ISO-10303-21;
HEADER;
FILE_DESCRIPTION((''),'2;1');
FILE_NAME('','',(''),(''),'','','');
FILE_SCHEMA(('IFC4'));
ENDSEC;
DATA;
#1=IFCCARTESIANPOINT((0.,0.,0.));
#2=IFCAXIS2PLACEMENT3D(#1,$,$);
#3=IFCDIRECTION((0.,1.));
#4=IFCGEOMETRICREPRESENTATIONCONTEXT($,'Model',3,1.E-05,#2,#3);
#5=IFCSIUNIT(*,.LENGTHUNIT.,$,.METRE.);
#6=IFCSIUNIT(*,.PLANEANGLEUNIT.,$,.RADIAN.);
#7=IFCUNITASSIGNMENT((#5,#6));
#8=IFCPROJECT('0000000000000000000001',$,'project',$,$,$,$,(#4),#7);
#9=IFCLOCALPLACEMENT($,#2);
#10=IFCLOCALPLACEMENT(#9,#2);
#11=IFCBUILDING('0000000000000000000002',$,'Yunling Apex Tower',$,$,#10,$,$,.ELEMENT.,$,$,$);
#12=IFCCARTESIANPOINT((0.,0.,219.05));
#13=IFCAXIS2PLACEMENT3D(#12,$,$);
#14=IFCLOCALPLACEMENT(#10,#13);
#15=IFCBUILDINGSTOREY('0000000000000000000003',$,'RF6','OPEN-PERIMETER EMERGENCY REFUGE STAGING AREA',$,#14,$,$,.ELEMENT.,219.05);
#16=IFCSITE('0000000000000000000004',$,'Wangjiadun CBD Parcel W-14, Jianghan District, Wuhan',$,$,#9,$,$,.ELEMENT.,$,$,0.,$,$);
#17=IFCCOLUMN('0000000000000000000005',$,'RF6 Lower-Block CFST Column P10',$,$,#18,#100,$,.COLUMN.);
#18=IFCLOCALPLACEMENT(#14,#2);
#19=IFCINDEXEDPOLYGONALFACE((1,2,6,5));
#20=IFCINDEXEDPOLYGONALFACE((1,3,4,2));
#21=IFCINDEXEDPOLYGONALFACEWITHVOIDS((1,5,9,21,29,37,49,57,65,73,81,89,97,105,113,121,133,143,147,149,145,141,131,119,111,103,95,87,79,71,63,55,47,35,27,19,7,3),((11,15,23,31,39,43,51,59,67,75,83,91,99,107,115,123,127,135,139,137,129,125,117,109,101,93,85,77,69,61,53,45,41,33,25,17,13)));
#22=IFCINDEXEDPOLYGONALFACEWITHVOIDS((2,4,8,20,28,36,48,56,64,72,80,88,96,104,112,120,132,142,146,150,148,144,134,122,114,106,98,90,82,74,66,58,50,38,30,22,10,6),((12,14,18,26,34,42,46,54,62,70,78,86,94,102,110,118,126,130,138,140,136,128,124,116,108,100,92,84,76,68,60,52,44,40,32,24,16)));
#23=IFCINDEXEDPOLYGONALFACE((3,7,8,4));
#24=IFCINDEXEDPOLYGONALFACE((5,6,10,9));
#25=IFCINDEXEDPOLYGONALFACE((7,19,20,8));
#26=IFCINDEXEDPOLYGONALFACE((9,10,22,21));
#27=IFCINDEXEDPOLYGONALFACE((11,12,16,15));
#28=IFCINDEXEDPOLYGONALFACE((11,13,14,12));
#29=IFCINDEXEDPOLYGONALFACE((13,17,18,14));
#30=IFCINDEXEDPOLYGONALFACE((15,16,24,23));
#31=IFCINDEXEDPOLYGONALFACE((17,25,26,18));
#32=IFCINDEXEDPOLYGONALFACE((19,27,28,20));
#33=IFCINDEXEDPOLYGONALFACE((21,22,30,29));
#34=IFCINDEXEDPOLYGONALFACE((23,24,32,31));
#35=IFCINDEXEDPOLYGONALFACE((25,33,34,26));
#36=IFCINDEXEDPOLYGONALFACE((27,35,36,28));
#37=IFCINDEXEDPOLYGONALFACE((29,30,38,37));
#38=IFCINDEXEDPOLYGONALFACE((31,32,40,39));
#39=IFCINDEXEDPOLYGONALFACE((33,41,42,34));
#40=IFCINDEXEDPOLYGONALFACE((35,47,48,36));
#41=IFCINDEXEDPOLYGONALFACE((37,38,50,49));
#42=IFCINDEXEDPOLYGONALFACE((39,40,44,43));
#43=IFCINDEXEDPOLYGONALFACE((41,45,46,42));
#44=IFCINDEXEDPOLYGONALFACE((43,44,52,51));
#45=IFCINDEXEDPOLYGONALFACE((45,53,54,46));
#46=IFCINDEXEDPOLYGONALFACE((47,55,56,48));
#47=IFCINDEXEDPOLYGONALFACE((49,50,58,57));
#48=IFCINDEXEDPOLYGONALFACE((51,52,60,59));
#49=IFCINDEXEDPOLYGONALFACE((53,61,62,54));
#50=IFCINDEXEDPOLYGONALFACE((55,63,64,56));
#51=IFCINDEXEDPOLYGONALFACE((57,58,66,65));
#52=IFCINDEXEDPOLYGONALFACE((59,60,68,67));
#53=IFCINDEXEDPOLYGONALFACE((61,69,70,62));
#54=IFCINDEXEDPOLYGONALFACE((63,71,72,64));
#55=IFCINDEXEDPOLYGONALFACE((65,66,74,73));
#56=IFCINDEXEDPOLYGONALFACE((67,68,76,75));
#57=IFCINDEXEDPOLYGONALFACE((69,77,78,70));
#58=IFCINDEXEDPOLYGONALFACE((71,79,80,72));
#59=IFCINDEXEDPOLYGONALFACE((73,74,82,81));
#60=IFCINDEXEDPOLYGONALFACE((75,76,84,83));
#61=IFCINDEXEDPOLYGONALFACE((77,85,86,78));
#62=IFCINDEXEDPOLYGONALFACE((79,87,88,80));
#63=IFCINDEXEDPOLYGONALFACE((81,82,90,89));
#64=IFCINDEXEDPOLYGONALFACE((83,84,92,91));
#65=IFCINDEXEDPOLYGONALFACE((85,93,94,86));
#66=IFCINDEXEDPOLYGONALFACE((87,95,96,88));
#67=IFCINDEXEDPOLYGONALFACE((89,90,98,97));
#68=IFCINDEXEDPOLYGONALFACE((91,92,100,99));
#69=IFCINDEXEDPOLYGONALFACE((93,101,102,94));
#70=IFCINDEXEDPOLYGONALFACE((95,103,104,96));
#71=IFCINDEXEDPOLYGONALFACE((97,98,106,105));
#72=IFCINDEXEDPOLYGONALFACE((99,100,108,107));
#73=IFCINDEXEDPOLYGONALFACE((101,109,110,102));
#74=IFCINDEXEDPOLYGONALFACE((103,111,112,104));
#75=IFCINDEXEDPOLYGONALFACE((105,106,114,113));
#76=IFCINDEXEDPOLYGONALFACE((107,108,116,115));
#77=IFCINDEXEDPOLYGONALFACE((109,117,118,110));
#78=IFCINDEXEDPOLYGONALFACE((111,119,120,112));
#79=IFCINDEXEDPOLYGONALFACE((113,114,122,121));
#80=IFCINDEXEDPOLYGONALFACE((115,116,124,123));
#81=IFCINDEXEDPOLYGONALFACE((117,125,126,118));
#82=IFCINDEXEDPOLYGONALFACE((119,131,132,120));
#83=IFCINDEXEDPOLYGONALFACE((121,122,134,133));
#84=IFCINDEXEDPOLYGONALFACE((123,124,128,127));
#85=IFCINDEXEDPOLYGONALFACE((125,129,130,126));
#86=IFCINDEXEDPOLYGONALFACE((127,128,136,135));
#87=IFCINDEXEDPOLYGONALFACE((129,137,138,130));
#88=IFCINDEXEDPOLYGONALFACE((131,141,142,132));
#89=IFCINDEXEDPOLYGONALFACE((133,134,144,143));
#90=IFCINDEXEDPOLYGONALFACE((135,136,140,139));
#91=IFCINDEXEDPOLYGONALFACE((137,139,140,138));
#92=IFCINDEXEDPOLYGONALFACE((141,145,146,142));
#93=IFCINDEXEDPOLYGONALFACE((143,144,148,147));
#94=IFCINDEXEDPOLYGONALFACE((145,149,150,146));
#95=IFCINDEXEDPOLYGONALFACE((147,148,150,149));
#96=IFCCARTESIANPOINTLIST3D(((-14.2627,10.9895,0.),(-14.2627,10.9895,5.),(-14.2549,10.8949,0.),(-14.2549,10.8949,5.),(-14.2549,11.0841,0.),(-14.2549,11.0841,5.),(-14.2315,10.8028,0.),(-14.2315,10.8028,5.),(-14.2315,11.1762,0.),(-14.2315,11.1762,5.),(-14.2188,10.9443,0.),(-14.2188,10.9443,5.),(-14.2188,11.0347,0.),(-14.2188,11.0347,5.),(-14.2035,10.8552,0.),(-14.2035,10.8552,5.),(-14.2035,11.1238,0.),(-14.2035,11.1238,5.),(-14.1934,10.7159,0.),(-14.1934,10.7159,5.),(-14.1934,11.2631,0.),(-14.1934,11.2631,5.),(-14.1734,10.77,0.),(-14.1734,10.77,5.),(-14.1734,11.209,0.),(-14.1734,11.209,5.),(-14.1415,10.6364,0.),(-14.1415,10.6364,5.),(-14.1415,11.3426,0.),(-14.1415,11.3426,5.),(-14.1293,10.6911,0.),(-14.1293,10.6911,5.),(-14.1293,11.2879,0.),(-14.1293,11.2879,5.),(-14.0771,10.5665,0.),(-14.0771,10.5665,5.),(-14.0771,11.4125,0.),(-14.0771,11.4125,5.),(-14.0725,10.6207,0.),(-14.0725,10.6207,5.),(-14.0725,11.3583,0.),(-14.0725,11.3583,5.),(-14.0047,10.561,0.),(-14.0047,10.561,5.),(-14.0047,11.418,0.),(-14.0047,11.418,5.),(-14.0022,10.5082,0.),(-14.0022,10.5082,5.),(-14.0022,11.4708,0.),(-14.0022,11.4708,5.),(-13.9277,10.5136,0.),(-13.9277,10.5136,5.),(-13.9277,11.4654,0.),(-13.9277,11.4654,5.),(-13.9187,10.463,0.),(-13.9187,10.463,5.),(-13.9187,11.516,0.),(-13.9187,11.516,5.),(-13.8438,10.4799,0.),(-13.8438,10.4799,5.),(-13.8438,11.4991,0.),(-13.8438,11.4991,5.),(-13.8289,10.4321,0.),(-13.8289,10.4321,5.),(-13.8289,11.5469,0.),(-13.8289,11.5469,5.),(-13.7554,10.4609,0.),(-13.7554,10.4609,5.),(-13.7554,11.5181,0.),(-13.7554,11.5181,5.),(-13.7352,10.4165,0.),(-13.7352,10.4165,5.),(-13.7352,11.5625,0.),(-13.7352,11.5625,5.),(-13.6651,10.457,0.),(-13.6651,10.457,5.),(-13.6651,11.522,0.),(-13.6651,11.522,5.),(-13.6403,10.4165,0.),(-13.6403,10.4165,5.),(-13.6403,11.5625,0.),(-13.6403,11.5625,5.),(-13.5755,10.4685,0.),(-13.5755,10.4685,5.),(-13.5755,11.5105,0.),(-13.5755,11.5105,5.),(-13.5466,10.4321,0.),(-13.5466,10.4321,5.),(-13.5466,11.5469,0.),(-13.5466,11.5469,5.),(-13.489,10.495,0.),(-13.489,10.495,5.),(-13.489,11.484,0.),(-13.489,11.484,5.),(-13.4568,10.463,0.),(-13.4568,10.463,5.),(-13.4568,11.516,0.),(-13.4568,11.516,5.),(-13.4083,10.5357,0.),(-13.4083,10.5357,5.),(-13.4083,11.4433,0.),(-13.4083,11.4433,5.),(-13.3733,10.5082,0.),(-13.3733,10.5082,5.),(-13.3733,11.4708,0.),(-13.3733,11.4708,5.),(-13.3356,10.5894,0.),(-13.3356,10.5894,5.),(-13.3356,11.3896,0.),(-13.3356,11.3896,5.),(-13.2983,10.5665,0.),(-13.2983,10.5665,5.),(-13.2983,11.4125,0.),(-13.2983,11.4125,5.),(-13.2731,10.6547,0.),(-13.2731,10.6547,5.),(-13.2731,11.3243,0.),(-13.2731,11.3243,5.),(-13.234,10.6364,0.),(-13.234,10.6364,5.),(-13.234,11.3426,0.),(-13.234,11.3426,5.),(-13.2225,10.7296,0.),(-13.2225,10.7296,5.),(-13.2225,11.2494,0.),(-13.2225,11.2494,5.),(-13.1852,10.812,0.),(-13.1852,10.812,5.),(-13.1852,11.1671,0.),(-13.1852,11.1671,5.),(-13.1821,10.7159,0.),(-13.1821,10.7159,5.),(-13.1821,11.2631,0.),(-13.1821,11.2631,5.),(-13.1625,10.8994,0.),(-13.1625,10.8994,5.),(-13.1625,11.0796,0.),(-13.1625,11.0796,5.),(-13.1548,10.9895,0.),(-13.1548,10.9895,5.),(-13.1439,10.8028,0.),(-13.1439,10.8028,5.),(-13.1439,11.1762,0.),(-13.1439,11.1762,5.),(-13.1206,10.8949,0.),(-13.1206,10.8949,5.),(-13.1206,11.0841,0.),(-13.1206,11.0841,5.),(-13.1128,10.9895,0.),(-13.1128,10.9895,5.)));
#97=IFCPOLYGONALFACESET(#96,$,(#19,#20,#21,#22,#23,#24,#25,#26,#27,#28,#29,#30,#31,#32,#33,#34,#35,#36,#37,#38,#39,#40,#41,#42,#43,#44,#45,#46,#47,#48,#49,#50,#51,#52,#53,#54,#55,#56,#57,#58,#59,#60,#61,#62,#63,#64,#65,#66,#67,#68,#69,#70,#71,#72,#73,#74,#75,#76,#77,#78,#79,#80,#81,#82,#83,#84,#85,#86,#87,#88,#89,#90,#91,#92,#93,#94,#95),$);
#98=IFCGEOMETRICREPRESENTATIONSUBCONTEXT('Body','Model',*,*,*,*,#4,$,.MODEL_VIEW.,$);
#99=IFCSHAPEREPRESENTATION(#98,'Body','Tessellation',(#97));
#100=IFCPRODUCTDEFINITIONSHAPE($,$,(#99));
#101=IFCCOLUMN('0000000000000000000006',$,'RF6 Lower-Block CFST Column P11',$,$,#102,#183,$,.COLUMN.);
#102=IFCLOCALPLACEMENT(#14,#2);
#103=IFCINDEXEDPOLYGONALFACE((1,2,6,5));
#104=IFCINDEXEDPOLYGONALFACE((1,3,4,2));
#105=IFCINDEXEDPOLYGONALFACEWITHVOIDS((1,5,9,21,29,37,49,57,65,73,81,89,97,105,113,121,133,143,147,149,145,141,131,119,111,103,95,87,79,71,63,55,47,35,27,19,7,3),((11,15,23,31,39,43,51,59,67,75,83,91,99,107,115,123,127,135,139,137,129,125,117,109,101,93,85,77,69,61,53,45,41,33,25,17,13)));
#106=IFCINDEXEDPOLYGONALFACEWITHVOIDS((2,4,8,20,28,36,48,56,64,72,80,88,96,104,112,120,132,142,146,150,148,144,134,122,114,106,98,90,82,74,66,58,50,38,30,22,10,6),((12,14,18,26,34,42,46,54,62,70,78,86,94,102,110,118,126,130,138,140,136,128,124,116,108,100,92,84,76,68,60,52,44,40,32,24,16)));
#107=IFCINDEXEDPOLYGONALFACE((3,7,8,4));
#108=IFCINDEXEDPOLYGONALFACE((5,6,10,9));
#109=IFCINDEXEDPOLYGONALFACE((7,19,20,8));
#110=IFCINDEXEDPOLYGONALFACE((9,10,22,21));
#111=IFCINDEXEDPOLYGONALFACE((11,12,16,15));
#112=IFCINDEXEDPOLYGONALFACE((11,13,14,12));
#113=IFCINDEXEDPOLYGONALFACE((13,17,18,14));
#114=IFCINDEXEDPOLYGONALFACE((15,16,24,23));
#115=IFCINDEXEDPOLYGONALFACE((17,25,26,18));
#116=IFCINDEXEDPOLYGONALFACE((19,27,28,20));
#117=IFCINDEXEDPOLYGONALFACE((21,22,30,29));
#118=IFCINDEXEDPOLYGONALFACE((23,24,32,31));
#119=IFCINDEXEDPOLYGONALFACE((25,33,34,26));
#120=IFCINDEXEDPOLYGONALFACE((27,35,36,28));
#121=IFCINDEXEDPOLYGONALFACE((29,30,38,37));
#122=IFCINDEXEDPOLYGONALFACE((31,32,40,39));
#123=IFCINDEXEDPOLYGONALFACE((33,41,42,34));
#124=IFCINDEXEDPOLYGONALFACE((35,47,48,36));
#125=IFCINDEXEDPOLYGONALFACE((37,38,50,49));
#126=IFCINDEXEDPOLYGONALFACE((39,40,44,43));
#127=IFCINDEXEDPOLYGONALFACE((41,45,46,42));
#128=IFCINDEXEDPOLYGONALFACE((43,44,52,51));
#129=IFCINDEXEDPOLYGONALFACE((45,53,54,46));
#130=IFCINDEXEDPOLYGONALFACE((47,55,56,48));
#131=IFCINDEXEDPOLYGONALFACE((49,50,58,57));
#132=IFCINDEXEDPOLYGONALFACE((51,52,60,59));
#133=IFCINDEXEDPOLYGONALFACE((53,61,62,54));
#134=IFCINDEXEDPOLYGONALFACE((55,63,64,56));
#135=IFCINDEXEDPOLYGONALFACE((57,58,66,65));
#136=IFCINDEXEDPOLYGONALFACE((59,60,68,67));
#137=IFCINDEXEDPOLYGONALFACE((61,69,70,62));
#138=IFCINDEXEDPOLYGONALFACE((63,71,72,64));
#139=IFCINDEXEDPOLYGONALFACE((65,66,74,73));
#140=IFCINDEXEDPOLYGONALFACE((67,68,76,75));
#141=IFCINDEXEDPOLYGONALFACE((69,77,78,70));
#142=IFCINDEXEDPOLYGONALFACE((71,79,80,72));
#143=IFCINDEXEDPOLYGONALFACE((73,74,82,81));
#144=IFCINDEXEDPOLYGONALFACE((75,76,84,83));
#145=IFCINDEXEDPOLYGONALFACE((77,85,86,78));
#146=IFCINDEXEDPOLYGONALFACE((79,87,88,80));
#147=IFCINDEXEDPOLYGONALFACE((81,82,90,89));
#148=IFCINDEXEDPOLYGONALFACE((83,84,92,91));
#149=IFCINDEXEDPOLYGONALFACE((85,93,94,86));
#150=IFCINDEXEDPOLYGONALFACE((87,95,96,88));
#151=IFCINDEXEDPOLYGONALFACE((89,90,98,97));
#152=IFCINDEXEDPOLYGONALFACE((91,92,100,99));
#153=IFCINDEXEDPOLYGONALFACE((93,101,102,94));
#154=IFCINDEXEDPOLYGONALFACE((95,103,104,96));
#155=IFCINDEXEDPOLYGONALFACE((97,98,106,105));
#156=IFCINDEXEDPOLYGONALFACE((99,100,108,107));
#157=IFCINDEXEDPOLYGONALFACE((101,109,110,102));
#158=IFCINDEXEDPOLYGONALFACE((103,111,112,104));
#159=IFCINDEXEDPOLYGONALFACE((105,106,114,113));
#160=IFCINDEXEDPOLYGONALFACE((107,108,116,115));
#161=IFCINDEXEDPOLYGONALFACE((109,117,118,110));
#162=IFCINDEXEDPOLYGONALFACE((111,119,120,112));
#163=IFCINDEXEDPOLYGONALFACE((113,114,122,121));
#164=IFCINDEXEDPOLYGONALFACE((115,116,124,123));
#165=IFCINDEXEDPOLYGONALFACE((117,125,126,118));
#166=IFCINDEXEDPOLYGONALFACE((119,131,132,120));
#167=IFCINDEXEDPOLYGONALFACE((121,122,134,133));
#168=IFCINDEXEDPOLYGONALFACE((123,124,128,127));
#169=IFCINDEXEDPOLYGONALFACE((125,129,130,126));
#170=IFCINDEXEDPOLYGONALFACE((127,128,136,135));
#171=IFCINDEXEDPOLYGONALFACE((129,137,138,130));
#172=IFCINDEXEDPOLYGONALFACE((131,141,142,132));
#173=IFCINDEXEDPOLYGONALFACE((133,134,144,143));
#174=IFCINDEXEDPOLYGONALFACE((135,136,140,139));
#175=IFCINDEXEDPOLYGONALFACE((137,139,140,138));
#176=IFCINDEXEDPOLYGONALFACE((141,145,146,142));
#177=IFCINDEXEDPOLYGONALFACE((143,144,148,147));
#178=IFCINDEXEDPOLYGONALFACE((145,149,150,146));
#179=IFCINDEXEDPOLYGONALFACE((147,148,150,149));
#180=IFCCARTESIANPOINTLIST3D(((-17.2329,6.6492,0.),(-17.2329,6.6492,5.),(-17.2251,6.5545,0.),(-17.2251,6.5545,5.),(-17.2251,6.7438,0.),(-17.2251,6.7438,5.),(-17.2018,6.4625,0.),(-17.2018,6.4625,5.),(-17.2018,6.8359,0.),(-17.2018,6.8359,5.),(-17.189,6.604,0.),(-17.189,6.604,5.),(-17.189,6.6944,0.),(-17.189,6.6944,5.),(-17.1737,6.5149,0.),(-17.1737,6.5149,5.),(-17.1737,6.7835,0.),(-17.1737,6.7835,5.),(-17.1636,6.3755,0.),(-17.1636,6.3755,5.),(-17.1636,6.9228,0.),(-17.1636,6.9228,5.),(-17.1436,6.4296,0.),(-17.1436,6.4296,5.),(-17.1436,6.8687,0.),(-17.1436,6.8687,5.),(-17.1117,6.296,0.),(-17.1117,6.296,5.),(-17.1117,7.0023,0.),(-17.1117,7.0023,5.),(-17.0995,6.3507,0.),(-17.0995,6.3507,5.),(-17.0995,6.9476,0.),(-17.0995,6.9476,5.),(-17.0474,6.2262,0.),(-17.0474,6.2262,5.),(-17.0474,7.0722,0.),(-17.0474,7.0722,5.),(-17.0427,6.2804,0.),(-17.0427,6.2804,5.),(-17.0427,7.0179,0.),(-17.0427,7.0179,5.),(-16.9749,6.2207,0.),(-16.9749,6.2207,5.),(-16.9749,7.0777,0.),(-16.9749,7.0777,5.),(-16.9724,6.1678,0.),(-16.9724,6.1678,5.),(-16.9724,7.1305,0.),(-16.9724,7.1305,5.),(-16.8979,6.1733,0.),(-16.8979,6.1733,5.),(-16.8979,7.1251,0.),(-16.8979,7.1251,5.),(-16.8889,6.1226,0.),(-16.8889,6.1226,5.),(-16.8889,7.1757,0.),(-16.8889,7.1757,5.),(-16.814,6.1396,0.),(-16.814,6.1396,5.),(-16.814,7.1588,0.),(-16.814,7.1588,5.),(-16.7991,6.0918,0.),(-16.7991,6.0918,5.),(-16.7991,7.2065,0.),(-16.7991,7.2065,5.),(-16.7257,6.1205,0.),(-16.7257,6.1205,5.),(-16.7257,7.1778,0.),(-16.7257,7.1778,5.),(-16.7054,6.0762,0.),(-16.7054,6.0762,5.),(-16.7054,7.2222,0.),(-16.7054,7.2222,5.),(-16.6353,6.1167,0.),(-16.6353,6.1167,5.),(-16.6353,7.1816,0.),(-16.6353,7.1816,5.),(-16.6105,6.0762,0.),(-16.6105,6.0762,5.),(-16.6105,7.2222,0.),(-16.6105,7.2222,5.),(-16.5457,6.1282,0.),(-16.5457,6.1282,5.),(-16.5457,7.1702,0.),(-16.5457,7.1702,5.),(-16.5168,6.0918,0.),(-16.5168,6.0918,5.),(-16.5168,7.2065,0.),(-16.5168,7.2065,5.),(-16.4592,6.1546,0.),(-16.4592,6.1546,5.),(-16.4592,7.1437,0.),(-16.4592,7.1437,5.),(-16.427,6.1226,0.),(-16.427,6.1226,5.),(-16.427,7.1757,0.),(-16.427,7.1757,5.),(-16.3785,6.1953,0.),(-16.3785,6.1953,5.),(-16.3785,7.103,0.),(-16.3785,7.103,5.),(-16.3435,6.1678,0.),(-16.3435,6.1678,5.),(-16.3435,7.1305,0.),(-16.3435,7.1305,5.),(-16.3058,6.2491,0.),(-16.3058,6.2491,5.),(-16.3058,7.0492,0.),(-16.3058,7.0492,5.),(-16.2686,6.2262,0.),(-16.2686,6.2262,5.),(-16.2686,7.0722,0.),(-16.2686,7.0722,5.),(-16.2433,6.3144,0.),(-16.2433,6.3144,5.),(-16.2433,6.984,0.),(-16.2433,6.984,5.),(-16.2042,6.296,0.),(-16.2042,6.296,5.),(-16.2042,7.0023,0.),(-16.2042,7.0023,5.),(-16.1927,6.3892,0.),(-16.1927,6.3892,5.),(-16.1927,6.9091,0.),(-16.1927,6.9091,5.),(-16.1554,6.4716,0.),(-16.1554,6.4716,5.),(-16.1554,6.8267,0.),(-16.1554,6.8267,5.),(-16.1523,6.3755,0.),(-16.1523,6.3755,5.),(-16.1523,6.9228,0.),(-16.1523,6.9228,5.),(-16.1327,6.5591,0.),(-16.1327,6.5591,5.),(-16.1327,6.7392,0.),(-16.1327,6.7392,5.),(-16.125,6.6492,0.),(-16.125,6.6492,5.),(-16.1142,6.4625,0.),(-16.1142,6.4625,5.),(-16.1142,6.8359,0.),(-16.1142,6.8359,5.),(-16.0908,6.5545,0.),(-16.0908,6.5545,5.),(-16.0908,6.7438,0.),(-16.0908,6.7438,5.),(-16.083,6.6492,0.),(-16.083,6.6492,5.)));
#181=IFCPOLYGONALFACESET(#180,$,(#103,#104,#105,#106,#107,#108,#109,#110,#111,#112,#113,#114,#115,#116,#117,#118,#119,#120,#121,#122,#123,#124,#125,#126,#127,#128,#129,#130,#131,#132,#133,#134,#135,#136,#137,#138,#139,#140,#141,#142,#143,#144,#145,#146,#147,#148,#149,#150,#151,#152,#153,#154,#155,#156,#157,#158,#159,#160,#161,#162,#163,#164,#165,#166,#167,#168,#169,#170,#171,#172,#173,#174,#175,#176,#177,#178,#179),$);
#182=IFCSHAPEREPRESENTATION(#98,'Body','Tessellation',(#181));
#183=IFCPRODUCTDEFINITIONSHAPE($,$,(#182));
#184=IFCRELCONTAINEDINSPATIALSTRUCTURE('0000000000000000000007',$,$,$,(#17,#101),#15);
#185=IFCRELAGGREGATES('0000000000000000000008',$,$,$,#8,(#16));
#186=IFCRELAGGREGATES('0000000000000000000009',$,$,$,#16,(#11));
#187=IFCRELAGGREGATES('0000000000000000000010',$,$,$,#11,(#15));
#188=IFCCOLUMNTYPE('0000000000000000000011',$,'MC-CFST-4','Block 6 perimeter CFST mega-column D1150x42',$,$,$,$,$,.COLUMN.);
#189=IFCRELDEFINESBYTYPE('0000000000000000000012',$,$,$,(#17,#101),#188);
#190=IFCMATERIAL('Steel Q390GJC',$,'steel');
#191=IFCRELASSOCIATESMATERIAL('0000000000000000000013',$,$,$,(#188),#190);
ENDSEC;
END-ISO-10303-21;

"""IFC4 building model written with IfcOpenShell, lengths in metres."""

from ifc_helpers import new_model, si_unit, direction, frame, origin, origin_2d, place, context, subcontext, project, spatial, hollow_circle, extrude, source, transform, mapped, material, material_profile, profile_set, type_object, element, save


model = new_model("IFC4")

# Units and contexts
model_context = context("Model", 3, precision=1e-05, world=origin(), true_north=direction((0.0, 1.0)))
body_context = subcontext(model_context, "Body", "Model", "MODEL_VIEW")
ifc_project = project(units=[si_unit("LENGTHUNIT", "METRE"), si_unit("PLANEANGLEUNIT", "RADIAN")], contexts=[model_context])

# Site, building, storey
site_placement = place(None, origin())
site = spatial("IfcSite", under=ifc_project, at=site_placement, Name="Wangjiadun CBD Parcel W-14, Jianghan District, Wuhan", CompositionType="ELEMENT", RefElevation=0.0)
building_placement = place(site_placement, origin())
building = spatial("IfcBuilding", under=site, at=building_placement, Name="Yunling Apex Tower", CompositionType="ELEMENT")
storey_placement = place(building_placement, frame((0.0, 0.0, 219.05)))
storey = spatial("IfcBuildingStorey", under=building, at=storey_placement, Name="RF6", Description="OPEN-PERIMETER EMERGENCY REFUGE STAGING AREA", CompositionType="ELEMENT", Elevation=219.05)

# Columns
ifc_material_1 = material(Name="Steel Q390GJC", Category="steel")
ifc_material_profile_1 = material_profile(ifc_material_1, hollow_circle(Radius=0.575, WallThickness=0.042, at=origin_2d()))
ifc_profile_set_1 = profile_set([ifc_material_profile_1], Name="Steel Q390GJC")
column_type = type_object("IfcColumnType", Name="MC-CFST-4", Description="Block 6 perimeter CFST mega-column D1150x42", PredefinedType="COLUMN", material=ifc_profile_set_1)
shared_shape_1 = source(origin(), body_context, "Body", "SweptSolid", [
    extrude(hollow_circle(Radius=0.575, WallThickness=0.042, at=origin_2d()), origin(), (0.0, 0.0, 1.0), 5.0),
])
for number, where, z_axis, x_axis, name in (
    (1, (-13.6877, 10.9895, 0.0), (0.0, 0.0, 1.0), (1.0, 0.0, 0.0), "RF6 Lower-Block CFST Column P10"),
    (2, (-16.658, 6.6492, 0.0), (0.0, 0.0, 1.0), (1.0, 0.0, 0.0), "RF6 Lower-Block CFST Column P11"),
):
    element("IfcColumn", number, at=place(storey_placement, frame(where, z_axis=z_axis, x_axis=x_axis)), inside=storey, type_object=column_type, Name=name, PredefinedType="COLUMN", context=body_context, shape_type="MappedRepresentation", body=[
        mapped(shared_shape_1, transform((0.0, 0.0, 0.0), scale=1.0)),
    ])

save(model, "model.ifc")
